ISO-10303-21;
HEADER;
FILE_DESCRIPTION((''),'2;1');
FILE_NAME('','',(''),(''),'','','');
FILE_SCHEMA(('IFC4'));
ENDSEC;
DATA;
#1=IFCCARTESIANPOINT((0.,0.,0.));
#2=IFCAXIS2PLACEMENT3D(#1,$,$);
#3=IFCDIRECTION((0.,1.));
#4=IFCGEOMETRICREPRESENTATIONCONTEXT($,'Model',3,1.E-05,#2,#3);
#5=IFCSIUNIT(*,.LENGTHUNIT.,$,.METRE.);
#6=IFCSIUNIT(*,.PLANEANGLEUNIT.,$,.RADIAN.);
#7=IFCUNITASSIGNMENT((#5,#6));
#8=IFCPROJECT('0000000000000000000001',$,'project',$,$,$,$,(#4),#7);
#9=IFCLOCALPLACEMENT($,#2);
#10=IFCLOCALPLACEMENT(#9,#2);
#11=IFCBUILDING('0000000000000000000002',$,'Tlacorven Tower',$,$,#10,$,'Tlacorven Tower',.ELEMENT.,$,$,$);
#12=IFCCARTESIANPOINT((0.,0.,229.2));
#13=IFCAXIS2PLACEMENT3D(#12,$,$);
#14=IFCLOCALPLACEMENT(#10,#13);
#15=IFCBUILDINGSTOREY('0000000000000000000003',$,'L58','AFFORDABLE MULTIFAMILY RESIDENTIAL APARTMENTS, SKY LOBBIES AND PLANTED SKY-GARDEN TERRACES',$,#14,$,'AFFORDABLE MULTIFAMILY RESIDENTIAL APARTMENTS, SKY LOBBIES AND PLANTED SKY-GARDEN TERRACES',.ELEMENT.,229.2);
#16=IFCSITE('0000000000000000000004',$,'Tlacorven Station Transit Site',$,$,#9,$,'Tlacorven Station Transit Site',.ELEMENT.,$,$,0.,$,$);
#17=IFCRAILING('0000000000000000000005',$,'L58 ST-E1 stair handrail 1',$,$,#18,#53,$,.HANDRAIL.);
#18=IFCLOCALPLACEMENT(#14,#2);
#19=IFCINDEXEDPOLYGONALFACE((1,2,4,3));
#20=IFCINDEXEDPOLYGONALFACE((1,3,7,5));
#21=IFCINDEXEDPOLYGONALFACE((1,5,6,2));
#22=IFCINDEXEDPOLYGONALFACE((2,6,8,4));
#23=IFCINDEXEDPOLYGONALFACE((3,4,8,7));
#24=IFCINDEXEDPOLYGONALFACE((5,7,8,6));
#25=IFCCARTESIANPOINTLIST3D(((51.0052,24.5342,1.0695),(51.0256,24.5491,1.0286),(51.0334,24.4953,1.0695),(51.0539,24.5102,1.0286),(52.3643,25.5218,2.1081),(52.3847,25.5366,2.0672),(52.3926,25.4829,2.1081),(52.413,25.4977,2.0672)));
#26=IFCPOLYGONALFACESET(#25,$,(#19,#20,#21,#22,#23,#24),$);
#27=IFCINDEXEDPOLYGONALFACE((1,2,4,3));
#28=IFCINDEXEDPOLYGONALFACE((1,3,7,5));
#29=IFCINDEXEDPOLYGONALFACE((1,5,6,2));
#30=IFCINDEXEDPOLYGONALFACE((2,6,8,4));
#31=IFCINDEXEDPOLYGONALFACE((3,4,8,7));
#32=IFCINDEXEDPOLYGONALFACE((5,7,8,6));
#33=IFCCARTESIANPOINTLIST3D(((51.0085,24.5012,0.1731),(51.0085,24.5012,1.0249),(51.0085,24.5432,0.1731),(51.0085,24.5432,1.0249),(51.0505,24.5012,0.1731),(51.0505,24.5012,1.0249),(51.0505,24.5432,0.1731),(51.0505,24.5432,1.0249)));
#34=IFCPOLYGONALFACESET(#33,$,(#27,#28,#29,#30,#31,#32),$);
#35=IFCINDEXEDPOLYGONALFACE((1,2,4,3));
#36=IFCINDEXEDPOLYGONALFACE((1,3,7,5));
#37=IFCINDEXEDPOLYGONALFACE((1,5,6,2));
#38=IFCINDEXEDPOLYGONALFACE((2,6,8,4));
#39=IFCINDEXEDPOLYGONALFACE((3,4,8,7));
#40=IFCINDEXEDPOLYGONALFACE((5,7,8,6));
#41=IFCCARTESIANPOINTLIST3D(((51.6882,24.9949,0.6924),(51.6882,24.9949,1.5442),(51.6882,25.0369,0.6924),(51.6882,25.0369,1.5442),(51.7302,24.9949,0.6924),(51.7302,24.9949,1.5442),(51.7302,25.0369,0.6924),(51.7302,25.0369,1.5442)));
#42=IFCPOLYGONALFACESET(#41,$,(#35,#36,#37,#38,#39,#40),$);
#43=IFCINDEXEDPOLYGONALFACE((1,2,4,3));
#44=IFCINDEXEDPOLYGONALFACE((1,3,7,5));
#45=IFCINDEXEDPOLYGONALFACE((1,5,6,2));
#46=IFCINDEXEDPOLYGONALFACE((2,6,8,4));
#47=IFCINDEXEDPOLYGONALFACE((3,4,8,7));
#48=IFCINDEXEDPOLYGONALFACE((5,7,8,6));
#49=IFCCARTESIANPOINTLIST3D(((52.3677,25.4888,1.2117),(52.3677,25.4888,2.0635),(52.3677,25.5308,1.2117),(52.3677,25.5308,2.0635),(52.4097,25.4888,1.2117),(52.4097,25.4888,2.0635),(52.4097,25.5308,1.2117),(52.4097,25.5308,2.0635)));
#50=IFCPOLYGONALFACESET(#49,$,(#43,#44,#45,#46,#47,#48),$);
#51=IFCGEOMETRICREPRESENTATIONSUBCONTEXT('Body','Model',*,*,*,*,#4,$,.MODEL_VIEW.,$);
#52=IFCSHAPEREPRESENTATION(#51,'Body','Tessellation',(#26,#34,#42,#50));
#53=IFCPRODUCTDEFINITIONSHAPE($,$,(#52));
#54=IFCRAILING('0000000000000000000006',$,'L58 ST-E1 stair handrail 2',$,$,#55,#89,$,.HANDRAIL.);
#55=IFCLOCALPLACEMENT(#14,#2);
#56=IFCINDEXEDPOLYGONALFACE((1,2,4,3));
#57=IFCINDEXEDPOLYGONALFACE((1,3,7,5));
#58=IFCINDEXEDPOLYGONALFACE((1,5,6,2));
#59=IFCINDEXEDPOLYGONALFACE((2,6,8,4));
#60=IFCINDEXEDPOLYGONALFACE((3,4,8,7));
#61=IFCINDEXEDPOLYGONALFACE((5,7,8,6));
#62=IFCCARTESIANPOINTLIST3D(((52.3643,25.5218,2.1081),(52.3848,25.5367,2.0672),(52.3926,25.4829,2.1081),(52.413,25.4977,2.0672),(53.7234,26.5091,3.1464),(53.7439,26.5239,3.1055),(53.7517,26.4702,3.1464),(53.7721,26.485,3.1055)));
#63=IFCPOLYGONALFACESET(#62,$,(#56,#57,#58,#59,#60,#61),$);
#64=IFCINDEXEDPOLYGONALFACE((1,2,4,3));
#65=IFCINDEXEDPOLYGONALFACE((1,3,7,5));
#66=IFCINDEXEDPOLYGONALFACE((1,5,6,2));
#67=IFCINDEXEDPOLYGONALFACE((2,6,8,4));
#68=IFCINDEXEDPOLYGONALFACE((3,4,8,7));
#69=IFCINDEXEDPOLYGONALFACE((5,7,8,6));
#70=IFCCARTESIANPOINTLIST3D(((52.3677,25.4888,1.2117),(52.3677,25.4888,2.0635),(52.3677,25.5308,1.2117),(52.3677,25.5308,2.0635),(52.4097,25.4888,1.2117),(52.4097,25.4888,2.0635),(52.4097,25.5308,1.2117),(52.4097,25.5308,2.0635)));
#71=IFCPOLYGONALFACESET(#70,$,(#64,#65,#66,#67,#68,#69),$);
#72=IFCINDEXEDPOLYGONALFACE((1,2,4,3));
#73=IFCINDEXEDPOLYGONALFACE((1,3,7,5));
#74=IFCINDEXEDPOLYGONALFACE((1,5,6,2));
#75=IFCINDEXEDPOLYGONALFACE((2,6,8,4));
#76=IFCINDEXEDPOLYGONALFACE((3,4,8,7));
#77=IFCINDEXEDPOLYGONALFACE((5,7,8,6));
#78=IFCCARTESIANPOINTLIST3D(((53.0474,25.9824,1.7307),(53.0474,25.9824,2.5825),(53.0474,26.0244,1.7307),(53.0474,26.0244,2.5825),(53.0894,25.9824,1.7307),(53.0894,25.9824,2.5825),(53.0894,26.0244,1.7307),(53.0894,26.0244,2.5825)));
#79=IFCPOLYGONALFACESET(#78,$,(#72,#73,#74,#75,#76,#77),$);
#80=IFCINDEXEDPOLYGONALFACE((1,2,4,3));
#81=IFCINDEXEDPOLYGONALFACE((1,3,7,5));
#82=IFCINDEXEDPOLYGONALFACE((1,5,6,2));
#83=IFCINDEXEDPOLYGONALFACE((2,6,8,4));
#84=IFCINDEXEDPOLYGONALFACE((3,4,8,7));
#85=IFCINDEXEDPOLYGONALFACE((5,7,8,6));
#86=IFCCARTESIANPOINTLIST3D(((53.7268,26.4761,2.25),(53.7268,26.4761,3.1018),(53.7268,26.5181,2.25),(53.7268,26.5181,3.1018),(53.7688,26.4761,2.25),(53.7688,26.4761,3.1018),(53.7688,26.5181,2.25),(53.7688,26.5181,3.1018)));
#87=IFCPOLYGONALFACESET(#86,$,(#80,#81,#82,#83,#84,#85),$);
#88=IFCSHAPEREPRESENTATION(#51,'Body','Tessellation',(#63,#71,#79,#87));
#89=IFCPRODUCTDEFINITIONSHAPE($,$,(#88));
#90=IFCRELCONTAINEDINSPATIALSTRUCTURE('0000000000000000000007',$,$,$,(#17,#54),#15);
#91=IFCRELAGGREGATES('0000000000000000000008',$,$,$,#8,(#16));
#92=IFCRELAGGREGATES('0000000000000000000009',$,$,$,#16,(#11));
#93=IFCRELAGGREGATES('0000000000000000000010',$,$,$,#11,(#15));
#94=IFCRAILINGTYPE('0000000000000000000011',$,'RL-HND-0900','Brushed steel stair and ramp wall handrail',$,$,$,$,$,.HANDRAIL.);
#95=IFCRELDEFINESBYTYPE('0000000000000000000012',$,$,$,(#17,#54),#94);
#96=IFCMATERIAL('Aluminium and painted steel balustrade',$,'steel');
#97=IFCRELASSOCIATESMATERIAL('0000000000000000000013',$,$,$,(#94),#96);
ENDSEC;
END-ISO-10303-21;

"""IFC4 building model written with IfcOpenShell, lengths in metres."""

from ifc_helpers import new_model, si_unit, direction, frame, origin, origin_2d, place, context, subcontext, project, spatial, rectangle, extrude, source, transform, mapped, material, type_object, element, save


model = new_model("IFC4")

# Units and contexts
model_context = context("Model", 3, precision=1e-05, world=origin(), true_north=direction((0.0, 1.0)))
body_context = subcontext(model_context, "Body", "Model", "MODEL_VIEW")
ifc_project = project(units=[si_unit("LENGTHUNIT", "METRE"), si_unit("PLANEANGLEUNIT", "RADIAN")], contexts=[model_context])

# Site, building, storey
site_placement = place(None, origin())
site = spatial("IfcSite", under=ifc_project, at=site_placement, Name="Tlacorven Station Transit Site", LongName="Tlacorven Station Transit Site", CompositionType="ELEMENT", RefElevation=0.0)
building_placement = place(site_placement, origin())
building = spatial("IfcBuilding", under=site, at=building_placement, Name="Tlacorven Tower", LongName="Tlacorven Tower", CompositionType="ELEMENT")
storey_placement = place(building_placement, frame((0.0, 0.0, 229.2)))
storey = spatial("IfcBuildingStorey", under=building, at=storey_placement, Name="L58", Description="AFFORDABLE MULTIFAMILY RESIDENTIAL APARTMENTS, SKY LOBBIES AND PLANTED SKY-GARDEN TERRACES", LongName="AFFORDABLE MULTIFAMILY RESIDENTIAL APARTMENTS, SKY LOBBIES AND PLANTED SKY-GARDEN TERRACES", CompositionType="ELEMENT", Elevation=229.2)

# Railings
ifc_material_1 = material(Name="Aluminium and painted steel balustrade", Category="steel")
railing_type_1 = type_object("IfcRailingType", Name="RL-HND-0900", Description="Brushed steel stair and ramp wall handrail", PredefinedType="HANDRAIL", material=ifc_material_1)
shared_shape_1 = source(origin(), body_context, "Body", "SweptSolid", [
    extrude(rectangle(XDim=0.0481, YDim=0.0481, at=origin_2d()), frame((0.0, 0.0, 0.876), z_axis=(0.688123, 0.499993, 0.525827), x_axis=(-0.587817, 0.808994, 0.0)), (0.0, 0.0, 1.0), 1.9751),
    extrude(rectangle(XDim=0.042, YDim=0.042, at=origin_2d()), origin(), (0.0, 0.0, 1.0), 0.8518),
    extrude(rectangle(XDim=0.042, YDim=0.042, at=origin_2d()), frame((0.6797, 0.4937, 0.5193)), (0.0, 0.0, 1.0), 0.8518),
    extrude(rectangle(XDim=0.042, YDim=0.042, at=origin_2d()), frame((1.3591, 0.9875, 1.0386)), (0.0, 0.0, 1.0), 0.8518),
])
railing_1_placement = place(storey_placement, frame((51.0295, 24.5222, 0.1731)))
element("IfcRailing", 1, at=railing_1_placement, inside=storey, type_object=railing_type_1, Name="L58 ST-E1 stair handrail 1", PredefinedType="HANDRAIL", context=body_context, shape_type="MappedRepresentation", body=[
    mapped(shared_shape_1, transform((0.0, 0.0, 0.0), scale=1.0)),
])
shared_shape_2 = source(origin(), body_context, "Body", "SweptSolid", [
    extrude(rectangle(XDim=0.0481, YDim=0.0481, at=origin_2d()), frame((0.0, 0.0, 0.876), z_axis=(0.688211, 0.499932, 0.52577), x_axis=(-0.587722, 0.809063, 0.0)), (0.0, 0.0, 1.0), 1.9749),
    extrude(rectangle(XDim=0.042, YDim=0.042, at=origin_2d()), origin(), (0.0, 0.0, 1.0), 0.8518),
    extrude(rectangle(XDim=0.042, YDim=0.042, at=origin_2d()), frame((0.6797, 0.4937, 0.519)), (0.0, 0.0, 1.0), 0.8518),
    extrude(rectangle(XDim=0.042, YDim=0.042, at=origin_2d()), frame((1.3591, 0.9873, 1.0383)), (0.0, 0.0, 1.0), 0.8518),
])
railing_2_placement = place(storey_placement, frame((52.3887, 25.5098, 1.2117)))
element("IfcRailing", 2, at=railing_2_placement, inside=storey, type_object=railing_type_1, Name="L58 ST-E1 stair handrail 2", PredefinedType="HANDRAIL", context=body_context, shape_type="MappedRepresentation", body=[
    mapped(shared_shape_2, transform((0.0, 0.0, 0.0), scale=1.0)),
])

save(model, "model.ifc")
